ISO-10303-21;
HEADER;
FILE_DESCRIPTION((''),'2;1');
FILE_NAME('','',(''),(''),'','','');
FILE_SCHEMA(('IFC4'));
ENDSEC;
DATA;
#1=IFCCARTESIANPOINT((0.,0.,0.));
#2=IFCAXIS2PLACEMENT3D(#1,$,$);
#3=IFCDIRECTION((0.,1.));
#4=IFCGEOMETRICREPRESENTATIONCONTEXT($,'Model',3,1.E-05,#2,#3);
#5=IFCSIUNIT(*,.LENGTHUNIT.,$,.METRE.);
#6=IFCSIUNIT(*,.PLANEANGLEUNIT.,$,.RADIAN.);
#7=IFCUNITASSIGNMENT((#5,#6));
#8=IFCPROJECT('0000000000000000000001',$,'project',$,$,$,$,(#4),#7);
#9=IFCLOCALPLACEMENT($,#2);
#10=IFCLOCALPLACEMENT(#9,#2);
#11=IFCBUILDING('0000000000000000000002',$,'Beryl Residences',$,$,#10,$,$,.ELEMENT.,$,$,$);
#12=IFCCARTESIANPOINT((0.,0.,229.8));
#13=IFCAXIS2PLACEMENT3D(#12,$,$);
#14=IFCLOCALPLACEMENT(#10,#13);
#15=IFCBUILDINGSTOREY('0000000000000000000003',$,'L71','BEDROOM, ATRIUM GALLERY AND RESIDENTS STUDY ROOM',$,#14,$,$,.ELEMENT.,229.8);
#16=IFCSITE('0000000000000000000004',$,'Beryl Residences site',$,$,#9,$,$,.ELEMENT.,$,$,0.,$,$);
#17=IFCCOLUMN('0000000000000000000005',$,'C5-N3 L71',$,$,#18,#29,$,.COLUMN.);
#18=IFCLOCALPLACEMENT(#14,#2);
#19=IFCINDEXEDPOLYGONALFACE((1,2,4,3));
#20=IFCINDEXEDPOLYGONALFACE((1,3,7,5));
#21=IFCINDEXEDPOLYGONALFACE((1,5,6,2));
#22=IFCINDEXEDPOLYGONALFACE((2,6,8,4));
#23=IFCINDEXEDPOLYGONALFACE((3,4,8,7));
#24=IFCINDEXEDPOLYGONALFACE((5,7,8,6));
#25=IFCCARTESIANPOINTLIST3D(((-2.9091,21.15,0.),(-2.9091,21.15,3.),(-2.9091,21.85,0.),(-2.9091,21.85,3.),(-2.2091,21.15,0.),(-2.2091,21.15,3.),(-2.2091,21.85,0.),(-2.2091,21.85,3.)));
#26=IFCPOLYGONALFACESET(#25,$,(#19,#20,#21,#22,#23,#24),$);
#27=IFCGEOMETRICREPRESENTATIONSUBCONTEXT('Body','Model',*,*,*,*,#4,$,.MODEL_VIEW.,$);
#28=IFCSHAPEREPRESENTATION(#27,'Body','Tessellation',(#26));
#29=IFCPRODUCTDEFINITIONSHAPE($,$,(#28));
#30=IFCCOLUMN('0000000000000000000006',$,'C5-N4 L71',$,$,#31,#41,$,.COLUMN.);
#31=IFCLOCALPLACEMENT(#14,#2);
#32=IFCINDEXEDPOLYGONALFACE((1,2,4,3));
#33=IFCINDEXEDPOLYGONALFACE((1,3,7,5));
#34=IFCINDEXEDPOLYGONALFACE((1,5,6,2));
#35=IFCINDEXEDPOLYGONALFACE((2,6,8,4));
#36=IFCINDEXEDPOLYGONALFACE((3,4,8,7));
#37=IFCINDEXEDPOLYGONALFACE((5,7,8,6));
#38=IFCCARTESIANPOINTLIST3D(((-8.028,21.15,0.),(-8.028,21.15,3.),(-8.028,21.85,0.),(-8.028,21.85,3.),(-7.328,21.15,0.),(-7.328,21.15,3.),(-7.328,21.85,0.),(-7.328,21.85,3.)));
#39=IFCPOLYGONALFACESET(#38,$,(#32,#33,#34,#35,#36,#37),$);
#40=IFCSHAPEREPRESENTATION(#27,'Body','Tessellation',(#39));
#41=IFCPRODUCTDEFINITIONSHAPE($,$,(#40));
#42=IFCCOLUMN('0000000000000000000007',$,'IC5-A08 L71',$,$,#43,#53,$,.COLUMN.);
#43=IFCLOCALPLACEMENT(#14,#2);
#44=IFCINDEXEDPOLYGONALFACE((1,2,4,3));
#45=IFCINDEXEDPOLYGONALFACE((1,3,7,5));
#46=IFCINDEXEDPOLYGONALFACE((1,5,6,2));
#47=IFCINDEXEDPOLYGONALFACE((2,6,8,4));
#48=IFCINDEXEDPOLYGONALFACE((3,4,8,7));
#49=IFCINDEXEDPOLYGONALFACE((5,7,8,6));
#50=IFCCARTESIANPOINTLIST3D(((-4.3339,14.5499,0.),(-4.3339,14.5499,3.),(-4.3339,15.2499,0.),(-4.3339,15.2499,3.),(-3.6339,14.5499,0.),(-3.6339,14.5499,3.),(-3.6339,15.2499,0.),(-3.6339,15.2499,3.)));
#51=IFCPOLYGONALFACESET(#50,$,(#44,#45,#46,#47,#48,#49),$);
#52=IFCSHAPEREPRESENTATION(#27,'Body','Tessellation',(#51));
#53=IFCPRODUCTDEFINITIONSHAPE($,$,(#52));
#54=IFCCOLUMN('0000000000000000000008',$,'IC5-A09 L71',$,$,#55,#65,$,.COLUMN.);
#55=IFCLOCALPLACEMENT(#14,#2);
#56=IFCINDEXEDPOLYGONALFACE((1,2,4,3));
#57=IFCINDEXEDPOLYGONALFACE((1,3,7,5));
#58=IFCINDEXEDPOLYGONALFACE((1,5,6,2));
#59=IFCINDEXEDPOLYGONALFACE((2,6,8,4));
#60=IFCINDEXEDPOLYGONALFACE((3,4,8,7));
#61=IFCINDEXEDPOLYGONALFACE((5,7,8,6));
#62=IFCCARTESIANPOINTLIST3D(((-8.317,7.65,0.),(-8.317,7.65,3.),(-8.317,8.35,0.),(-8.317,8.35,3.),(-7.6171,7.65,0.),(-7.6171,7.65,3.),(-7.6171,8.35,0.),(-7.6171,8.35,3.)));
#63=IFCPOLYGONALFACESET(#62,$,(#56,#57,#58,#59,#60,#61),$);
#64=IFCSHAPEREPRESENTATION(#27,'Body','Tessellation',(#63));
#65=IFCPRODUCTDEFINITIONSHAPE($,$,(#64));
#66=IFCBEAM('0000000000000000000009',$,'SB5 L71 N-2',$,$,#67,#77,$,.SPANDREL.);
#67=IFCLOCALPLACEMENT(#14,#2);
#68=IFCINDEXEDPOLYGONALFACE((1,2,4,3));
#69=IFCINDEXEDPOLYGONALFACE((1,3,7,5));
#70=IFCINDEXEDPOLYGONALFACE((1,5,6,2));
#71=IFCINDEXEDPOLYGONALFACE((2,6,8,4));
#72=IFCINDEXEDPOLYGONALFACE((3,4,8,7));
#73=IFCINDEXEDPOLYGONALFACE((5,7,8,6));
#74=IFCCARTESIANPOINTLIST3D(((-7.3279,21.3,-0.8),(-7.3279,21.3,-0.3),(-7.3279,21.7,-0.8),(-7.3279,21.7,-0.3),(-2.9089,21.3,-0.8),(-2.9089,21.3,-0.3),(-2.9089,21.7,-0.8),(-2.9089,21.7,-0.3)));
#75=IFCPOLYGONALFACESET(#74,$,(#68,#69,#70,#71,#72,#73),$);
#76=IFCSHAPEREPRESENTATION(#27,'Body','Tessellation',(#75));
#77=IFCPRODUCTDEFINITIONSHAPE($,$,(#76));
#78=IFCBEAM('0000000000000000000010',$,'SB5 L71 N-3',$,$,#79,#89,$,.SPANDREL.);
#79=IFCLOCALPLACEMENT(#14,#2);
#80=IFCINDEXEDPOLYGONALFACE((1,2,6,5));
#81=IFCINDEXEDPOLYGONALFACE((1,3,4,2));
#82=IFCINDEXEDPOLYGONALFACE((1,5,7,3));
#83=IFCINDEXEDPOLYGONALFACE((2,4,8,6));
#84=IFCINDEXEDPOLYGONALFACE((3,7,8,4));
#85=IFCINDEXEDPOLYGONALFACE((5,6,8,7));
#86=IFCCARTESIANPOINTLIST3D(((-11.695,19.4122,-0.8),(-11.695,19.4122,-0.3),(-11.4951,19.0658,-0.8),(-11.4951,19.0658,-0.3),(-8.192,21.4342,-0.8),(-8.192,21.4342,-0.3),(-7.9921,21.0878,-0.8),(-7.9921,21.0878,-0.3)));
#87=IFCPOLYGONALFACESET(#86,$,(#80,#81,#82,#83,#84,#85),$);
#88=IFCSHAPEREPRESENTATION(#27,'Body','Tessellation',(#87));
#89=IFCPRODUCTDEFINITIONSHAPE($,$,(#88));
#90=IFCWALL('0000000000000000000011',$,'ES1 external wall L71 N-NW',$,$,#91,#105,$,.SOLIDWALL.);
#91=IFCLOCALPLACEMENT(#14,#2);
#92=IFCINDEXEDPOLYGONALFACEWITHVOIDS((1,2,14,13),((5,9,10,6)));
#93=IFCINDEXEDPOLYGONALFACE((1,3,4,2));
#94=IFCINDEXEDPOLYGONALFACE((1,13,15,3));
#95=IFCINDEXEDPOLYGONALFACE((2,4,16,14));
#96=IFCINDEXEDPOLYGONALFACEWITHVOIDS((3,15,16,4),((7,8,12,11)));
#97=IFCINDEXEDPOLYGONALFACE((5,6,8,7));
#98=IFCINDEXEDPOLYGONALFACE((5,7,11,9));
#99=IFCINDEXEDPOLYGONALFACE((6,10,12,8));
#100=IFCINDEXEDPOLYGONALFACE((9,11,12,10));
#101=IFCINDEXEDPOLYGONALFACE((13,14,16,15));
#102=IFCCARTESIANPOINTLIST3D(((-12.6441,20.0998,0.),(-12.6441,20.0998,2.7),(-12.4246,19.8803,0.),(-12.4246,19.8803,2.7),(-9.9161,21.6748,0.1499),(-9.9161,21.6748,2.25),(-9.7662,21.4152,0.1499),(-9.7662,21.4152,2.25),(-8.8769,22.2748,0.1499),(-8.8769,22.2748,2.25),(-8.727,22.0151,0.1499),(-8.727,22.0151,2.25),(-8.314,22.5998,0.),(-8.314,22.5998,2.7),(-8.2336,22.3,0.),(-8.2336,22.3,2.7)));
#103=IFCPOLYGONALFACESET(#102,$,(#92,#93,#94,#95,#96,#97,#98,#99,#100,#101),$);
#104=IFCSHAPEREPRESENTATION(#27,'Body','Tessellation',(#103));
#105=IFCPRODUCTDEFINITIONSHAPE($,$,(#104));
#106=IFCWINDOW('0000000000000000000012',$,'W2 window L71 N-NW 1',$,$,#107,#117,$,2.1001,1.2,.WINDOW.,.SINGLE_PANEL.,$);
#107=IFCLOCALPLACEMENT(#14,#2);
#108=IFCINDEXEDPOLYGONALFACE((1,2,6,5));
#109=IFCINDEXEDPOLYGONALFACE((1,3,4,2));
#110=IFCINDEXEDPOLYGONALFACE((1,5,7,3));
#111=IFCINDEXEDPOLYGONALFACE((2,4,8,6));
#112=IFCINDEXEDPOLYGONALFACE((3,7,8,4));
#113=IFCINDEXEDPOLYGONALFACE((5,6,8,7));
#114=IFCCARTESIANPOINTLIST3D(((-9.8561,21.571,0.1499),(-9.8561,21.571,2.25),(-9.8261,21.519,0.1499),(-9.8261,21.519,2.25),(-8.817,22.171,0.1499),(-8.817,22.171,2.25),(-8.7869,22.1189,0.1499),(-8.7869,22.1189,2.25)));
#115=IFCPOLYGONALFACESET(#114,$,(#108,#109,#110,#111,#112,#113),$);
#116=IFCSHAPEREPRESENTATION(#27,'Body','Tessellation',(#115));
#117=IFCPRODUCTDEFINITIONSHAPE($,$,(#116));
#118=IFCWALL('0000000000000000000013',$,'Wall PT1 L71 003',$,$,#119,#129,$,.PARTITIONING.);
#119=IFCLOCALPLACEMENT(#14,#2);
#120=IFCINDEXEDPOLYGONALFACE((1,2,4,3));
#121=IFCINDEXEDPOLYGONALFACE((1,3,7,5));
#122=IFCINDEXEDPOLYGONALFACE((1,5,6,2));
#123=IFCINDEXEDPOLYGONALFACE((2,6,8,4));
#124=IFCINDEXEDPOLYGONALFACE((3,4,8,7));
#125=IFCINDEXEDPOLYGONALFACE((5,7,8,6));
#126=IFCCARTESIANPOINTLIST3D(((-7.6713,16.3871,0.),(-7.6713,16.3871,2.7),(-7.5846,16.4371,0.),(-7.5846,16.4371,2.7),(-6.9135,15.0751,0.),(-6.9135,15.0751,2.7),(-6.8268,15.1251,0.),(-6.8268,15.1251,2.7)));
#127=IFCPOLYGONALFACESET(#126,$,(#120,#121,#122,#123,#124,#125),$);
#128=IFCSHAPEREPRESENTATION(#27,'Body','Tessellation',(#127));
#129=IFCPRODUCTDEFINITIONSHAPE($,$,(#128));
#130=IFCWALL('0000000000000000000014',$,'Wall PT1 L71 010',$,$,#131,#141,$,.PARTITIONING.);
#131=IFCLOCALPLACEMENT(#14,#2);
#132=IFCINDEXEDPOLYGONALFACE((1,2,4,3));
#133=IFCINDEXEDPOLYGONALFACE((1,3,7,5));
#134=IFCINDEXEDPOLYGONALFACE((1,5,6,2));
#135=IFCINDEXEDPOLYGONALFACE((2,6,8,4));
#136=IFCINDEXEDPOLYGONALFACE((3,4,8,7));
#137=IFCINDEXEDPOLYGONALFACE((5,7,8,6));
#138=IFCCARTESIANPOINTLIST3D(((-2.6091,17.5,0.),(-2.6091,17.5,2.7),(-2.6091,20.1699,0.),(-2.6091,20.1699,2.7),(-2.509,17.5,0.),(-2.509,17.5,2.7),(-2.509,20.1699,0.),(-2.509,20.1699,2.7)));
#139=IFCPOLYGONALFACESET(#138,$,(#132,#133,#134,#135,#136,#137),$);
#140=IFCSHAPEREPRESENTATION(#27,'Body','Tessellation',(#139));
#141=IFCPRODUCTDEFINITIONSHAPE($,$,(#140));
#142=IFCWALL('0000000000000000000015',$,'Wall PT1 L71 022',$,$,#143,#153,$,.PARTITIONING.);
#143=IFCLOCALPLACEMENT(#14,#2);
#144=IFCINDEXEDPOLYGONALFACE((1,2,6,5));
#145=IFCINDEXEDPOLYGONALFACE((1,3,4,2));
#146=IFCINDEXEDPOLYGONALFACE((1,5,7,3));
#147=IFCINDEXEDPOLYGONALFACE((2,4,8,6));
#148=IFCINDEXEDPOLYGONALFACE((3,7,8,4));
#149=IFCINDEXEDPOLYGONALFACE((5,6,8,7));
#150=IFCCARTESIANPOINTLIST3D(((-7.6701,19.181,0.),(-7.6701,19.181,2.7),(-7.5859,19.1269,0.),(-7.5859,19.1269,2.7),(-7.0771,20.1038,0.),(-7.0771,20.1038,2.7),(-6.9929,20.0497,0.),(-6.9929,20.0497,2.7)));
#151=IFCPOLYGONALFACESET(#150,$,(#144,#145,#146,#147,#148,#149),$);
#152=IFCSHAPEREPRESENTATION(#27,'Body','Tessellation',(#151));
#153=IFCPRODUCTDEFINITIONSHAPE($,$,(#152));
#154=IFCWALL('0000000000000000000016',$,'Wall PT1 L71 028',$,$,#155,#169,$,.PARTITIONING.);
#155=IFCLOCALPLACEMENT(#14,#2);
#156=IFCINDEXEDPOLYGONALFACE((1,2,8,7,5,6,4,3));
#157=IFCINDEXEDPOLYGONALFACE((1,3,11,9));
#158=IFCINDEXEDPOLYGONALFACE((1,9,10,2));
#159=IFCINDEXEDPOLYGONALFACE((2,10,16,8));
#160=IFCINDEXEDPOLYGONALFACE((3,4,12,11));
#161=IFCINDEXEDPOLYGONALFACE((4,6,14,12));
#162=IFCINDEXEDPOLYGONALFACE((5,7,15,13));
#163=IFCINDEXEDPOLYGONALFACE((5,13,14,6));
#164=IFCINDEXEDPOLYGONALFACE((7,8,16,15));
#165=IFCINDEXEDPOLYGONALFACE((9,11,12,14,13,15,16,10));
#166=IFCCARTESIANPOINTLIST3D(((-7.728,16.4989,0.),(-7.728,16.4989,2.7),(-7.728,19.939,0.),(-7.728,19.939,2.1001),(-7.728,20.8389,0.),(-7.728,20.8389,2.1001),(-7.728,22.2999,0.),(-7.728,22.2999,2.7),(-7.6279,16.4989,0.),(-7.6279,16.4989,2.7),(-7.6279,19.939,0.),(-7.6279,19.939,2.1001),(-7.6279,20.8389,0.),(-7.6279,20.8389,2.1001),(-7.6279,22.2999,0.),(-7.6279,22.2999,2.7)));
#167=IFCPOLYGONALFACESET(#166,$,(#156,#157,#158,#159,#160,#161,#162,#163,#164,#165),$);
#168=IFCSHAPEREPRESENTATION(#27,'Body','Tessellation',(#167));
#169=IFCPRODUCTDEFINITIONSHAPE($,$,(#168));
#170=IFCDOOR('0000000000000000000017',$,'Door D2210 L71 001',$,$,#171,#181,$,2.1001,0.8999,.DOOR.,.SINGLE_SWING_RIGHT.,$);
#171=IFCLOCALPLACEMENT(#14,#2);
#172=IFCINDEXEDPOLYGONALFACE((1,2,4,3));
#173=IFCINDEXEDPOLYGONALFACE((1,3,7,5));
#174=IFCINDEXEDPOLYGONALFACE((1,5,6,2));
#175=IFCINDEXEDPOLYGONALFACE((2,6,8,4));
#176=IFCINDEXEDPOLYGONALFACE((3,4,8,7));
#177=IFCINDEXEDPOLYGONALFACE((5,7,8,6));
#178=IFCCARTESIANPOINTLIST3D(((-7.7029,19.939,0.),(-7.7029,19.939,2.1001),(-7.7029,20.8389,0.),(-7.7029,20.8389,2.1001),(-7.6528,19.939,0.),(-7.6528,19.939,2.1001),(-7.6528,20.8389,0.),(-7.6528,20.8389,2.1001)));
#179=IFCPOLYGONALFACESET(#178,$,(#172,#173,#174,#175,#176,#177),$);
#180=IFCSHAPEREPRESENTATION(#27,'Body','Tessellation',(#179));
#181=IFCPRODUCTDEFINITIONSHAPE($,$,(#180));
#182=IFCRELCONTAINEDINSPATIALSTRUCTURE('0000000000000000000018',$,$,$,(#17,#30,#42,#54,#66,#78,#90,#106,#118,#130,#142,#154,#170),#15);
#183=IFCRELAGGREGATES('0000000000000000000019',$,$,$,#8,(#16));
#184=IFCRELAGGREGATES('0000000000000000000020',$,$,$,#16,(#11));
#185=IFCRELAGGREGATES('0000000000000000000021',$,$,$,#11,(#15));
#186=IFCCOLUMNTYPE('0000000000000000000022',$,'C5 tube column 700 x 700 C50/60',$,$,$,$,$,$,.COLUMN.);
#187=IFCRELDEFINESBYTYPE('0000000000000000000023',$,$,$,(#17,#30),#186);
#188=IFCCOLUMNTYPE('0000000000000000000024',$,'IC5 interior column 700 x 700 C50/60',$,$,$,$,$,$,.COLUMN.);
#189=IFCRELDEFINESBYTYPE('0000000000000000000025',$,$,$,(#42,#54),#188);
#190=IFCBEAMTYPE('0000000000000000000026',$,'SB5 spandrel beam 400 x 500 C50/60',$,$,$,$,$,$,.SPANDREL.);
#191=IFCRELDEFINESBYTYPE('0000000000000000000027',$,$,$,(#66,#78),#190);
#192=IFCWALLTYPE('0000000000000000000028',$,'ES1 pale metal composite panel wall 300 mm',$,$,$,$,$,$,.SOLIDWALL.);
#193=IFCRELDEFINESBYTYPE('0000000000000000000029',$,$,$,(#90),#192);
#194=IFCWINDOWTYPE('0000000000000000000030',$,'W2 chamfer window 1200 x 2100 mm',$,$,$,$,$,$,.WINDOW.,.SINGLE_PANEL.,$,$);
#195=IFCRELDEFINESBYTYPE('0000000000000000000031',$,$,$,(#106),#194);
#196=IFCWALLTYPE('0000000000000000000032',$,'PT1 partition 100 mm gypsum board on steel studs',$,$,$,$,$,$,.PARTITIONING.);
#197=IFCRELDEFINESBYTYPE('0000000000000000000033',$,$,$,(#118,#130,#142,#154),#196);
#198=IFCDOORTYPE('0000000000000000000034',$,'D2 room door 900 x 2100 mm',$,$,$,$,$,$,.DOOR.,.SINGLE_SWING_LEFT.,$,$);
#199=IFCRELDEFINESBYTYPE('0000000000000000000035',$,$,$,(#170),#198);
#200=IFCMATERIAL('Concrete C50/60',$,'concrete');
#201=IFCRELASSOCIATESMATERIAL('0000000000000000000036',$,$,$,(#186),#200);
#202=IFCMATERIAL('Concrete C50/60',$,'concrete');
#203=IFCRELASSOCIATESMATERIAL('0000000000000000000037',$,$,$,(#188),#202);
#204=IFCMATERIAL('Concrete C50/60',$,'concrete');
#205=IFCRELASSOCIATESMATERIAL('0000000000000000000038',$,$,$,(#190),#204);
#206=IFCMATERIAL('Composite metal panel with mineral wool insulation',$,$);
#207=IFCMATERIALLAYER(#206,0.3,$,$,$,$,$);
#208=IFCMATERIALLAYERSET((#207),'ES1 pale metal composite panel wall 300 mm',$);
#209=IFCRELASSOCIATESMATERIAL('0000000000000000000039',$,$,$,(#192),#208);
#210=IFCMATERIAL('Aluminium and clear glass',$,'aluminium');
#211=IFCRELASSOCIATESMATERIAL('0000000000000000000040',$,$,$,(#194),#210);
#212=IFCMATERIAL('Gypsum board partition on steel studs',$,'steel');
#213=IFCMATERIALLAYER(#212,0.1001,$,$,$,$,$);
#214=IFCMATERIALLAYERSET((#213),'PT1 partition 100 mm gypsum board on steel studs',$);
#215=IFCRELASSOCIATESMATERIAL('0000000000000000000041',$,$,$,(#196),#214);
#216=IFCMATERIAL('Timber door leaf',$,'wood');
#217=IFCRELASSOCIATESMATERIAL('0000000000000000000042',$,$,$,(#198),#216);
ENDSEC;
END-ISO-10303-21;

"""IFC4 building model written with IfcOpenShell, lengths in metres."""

from ifc_helpers import new_model, si_unit, direction, frame, frame_2d, origin, origin_2d, place, context, subcontext, project, spatial, polyline, rectangle, outline, extrude, material, layer, layer_set, material_profile, profile_set, type_object, element, fill, save


model = new_model("IFC4")

# Units and contexts
model_context = context("Model", 3, precision=1e-05, world=origin(), true_north=direction((0.0, 1.0)))
body_context = subcontext(model_context, "Body", "Model", "MODEL_VIEW")
ifc_project = project(units=[si_unit("LENGTHUNIT", "METRE"), si_unit("PLANEANGLEUNIT", "RADIAN")], contexts=[model_context])

# Site, building, storey
site_placement = place(None, origin())
site = spatial("IfcSite", under=ifc_project, at=site_placement, Name="Beryl Residences site", CompositionType="ELEMENT", RefElevation=0.0)
building_placement = place(site_placement, origin())
building = spatial("IfcBuilding", under=site, at=building_placement, Name="Beryl Residences", CompositionType="ELEMENT")
storey_placement = place(building_placement, frame((0.0, 0.0, 229.8)))
storey = spatial("IfcBuildingStorey", under=building, at=storey_placement, Name="L71", Description="BEDROOM, ATRIUM GALLERY AND RESIDENTS STUDY ROOM", CompositionType="ELEMENT", Elevation=229.8)

# Columns
ifc_material_1 = material(Name="Concrete C50/60", Category="concrete")
ifc_material_profile_1 = material_profile(ifc_material_1, rectangle(XDim=0.7, YDim=0.7, at=origin_2d()))
ifc_profile_set_1 = profile_set([ifc_material_profile_1], Name="Concrete C50/60")
column_type_1 = type_object("IfcColumnType", Name="C5 tube column 700 x 700 C50/60", PredefinedType="COLUMN", material=ifc_profile_set_1)
for number, where, z_axis, x_axis, name in (
    (1, (-2.5591, 21.5, 0.0), (0.0, 0.0, 1.0), (-1.0, 0.0, 0.0), "C5-N3 L71"),
    (2, (-7.678, 21.5, 0.0), (0.0, 0.0, 1.0), (-1.0, 0.0, 0.0), "C5-N4 L71"),
):
    element("IfcColumn", number, at=place(storey_placement, frame(where, z_axis=z_axis, x_axis=x_axis)), inside=storey, type_object=column_type_1, Name=name, PredefinedType="COLUMN", context=body_context, shape_type="SweptSolid", body=[
        extrude(rectangle(XDim=0.7, YDim=0.7, at=origin_2d()), origin(), (0.0, 0.0, 1.0), 3.0),
    ])
ifc_material_2 = material(Name="Concrete C50/60", Category="concrete")
ifc_material_profile_2 = material_profile(ifc_material_2, rectangle(XDim=0.7, YDim=0.7, at=origin_2d()))
ifc_profile_set_2 = profile_set([ifc_material_profile_2], Name="Concrete C50/60")
column_type_2 = type_object("IfcColumnType", Name="IC5 interior column 700 x 700 C50/60", PredefinedType="COLUMN", material=ifc_profile_set_2)
for number, where, z_axis, x_axis, name in (
    (3, (-3.9839, 14.8999, 0.0), (0.0, 0.0, 1.0), (1.0, 0.0, 0.0), "IC5-A08 L71"),
    (4, (-7.967, 8.0, 0.0), (0.0, 0.0, 1.0), (1.0, 0.0, 0.0), "IC5-A09 L71"),
):
    element("IfcColumn", number, at=place(storey_placement, frame(where, z_axis=z_axis, x_axis=x_axis)), inside=storey, type_object=column_type_2, Name=name, PredefinedType="COLUMN", context=body_context, shape_type="SweptSolid", body=[
        extrude(rectangle(XDim=0.7, YDim=0.7, at=origin_2d()), origin(), (0.0, 0.0, 1.0), 3.0),
    ])

# Beams
ifc_material_3 = material(Name="Concrete C50/60", Category="concrete")
ifc_material_profile_3 = material_profile(ifc_material_3, rectangle(XDim=0.3999, YDim=0.5, at=origin_2d()))
ifc_profile_set_3 = profile_set([ifc_material_profile_3], Name="Concrete C50/60")
beam_type = type_object("IfcBeamType", Name="SB5 spandrel beam 400 x 500 C50/60", PredefinedType="SPANDREL", material=ifc_profile_set_3)
beam_1_placement = place(storey_placement, frame((-2.9089, 21.5, -0.55), z_axis=(-1.0, 0.0, 0.0), x_axis=(0.0, -1.0, 0.0)))
element("IfcBeam", 5, at=beam_1_placement, inside=storey, type_object=beam_type, Name="SB5 L71 N-2", PredefinedType="SPANDREL", context=body_context, shape_type="SweptSolid", body=[
    extrude(rectangle(XDim=0.3999, YDim=0.5, at=origin_2d()), origin(), (0.0, 0.0, 1.0), 4.4189),
])
beam_2_placement = place(storey_placement, frame((-8.092, 21.261, -0.55), z_axis=(-0.866073, -0.499918, 0.0), x_axis=(0.499918, -0.866073, 0.0)))
element("IfcBeam", 6, at=beam_2_placement, inside=storey, type_object=beam_type, Name="SB5 L71 N-3", PredefinedType="SPANDREL", context=body_context, shape_type="SweptSolid", body=[
    extrude(rectangle(XDim=0.3999, YDim=0.5, at=origin_2d()), origin(), (0.0, 0.0, 1.0), 4.0447),
])

# Wall, opening, window
ifc_material_4 = material(Name="Composite metal panel with mineral wool insulation")
ifc_layer_1 = layer(ifc_material_4, 0.3)
ifc_layer_set_1 = layer_set([ifc_layer_1], Name="ES1 pale metal composite panel wall 300 mm")
wall_type_1 = type_object("IfcWallType", Name="ES1 pale metal composite panel wall 300 mm", PredefinedType="SOLIDWALL", material=ifc_layer_set_1)
wall_1_placement = place(storey_placement, frame((-8.239, 22.47, 0.0), z_axis=(0.0, 0.0, 1.0), x_axis=(-0.866023, -0.500004, 0.0)))
wall_1 = element("IfcWall", 7, at=wall_1_placement, inside=storey, type_object=wall_type_1, Name="ES1 external wall L71 N-NW", PredefinedType="SOLIDWALL", context=body_context, shape_type="SweptSolid", body=[
    extrude(outline(polyline([(0.0, -0.1499), (5.0, -0.1499), (4.9197, 0.1499), (0.0803, 0.1499), (0.0, -0.1499)])), origin(), (0.0, 0.0, 1.0), 2.7),
])
opening_1_placement = place(wall_1_placement, frame((0.6499, 0.0, 0.1499)))
opening_1 = element("IfcOpeningElement", 8, at=opening_1_placement, cuts=wall_1, PredefinedType="OPENING", context=body_context, shape_type="SweptSolid", body=[
    extrude(rectangle(XDim=1.2, YDim=2.1001, at=frame_2d((0.6001, 1.05))), frame((0.0, 0.1599, 0.0), z_axis=(0.0, -1.0, 0.0), x_axis=(1.0, 0.0, 0.0)), (0.0, 0.0, 1.0), 0.3201),
])
ifc_material_5 = material(Name="Aluminium and clear glass", Category="aluminium")
window_type = type_object("IfcWindowType", Name="W2 chamfer window 1200 x 2100 mm", PartitioningType="SINGLE_PANEL", PredefinedType="WINDOW", material=ifc_material_5)
window_placement = place(opening_1_placement, origin())
window = element("IfcWindow", 9, at=window_placement, inside=storey, type_object=window_type, Name="W2 window L71 N-NW 1", OverallHeight=2.1001, OverallWidth=1.2, PartitioningType="SINGLE_PANEL", PredefinedType="WINDOW", context=body_context, shape_type="SweptSolid", body=[
    extrude(rectangle(XDim=1.2, YDim=2.1001, at=frame_2d((0.6001, 1.05))), frame((0.0, 0.03, 0.0), z_axis=(0.0, -1.0, 0.0), x_axis=(1.0, 0.0, 0.0)), (0.0, 0.0, 1.0), 0.0601),
])
fill(opening_1, window)

# Walls
ifc_material_6 = material(Name="Gypsum board partition on steel studs", Category="steel")
ifc_layer_2 = layer(ifc_material_6, 0.1001)
ifc_layer_set_2 = layer_set([ifc_layer_2], Name="PT1 partition 100 mm gypsum board on steel studs")
wall_type_2 = type_object("IfcWallType", Name="PT1 partition 100 mm gypsum board on steel studs", PredefinedType="PARTITIONING", material=ifc_layer_set_2)
wall_2_placement = place(storey_placement, frame((-7.6279, 16.4121, 0.0), z_axis=(0.0, 0.0, 1.0), x_axis=(0.500159, -0.865933, 0.0)))
element("IfcWall", 10, at=wall_2_placement, inside=storey, type_object=wall_type_2, Name="Wall PT1 L71 003", PredefinedType="PARTITIONING", context=body_context, shape_type="SweptSolid", body=[
    extrude(rectangle(XDim=1.5151, YDim=0.1001, at=frame_2d((0.7576, 0.0))), origin(), (0.0, 0.0, 1.0), 2.7),
])
wall_3_placement = place(storey_placement, frame((-2.5591, 20.1699, 0.0), z_axis=(0.0, 0.0, 1.0), x_axis=(0.0, -1.0, 0.0)))
element("IfcWall", 11, at=wall_3_placement, inside=storey, type_object=wall_type_2, Name="Wall PT1 L71 010", PredefinedType="PARTITIONING", context=body_context, shape_type="SweptSolid", body=[
    extrude(rectangle(XDim=2.6699, YDim=0.1001, at=frame_2d((1.335, 0.0))), origin(), (0.0, 0.0, 1.0), 2.7),
])
wall_4_placement = place(storey_placement, frame((-7.6279, 19.1541, 0.0), z_axis=(0.0, 0.0, 1.0), x_axis=(0.5406, 0.84128, 0.0)))
element("IfcWall", 12, at=wall_4_placement, inside=storey, type_object=wall_type_2, Name="Wall PT1 L71 022", PredefinedType="PARTITIONING", context=body_context, shape_type="SweptSolid", body=[
    extrude(rectangle(XDim=1.0969, YDim=0.1001, at=frame_2d((0.5483, 0.0))), origin(), (0.0, 0.0, 1.0), 2.7),
])

# Wall, opening, door
wall_5_placement = place(storey_placement, frame((-7.678, 16.499, 0.0), z_axis=(0.0, 0.0, 1.0), x_axis=(0.0, 1.0, 0.0)))
wall_5 = element("IfcWall", 13, at=wall_5_placement, inside=storey, type_object=wall_type_2, Name="Wall PT1 L71 028", PredefinedType="PARTITIONING", context=body_context, shape_type="SweptSolid", body=[
    extrude(rectangle(XDim=5.801, YDim=0.1001, at=frame_2d((2.9004, 0.0))), origin(), (0.0, 0.0, 1.0), 2.7),
])
opening_2_placement = place(wall_5_placement, frame((3.4399, 0.0, 0.0)))
opening_2 = element("IfcOpeningElement", 14, at=opening_2_placement, cuts=wall_5, PredefinedType="OPENING", context=body_context, shape_type="SweptSolid", body=[
    extrude(rectangle(XDim=0.8999, YDim=2.1001, at=frame_2d((0.45, 1.05))), frame((0.0, 0.0601, 0.0), z_axis=(0.0, -1.0, 0.0), x_axis=(1.0, 0.0, 0.0)), (0.0, 0.0, 1.0), 0.1201),
])
ifc_material_7 = material(Name="Timber door leaf", Category="wood")
door_type_1 = type_object("IfcDoorType", Name="D2 room door 900 x 2100 mm", OperationType="SINGLE_SWING_LEFT", PredefinedType="DOOR", material=ifc_material_7)
door_1_placement = place(opening_2_placement, origin())
door_1 = element("IfcDoor", 15, at=door_1_placement, inside=storey, type_object=door_type_1, Name="Door D2210 L71 001", OperationType="SINGLE_SWING_RIGHT", OverallHeight=2.1001, OverallWidth=0.8999, PredefinedType="DOOR", context=body_context, shape_type="SweptSolid", body=[
    extrude(rectangle(XDim=0.8999, YDim=2.1001, at=frame_2d((0.45, 1.05))), frame((0.0, 0.0249, 0.0), z_axis=(0.0, -1.0, 0.0), x_axis=(1.0, 0.0, 0.0)), (0.0, 0.0, 1.0), 0.05),
])
fill(opening_2, door_1)

save(model, "model.ifc")
